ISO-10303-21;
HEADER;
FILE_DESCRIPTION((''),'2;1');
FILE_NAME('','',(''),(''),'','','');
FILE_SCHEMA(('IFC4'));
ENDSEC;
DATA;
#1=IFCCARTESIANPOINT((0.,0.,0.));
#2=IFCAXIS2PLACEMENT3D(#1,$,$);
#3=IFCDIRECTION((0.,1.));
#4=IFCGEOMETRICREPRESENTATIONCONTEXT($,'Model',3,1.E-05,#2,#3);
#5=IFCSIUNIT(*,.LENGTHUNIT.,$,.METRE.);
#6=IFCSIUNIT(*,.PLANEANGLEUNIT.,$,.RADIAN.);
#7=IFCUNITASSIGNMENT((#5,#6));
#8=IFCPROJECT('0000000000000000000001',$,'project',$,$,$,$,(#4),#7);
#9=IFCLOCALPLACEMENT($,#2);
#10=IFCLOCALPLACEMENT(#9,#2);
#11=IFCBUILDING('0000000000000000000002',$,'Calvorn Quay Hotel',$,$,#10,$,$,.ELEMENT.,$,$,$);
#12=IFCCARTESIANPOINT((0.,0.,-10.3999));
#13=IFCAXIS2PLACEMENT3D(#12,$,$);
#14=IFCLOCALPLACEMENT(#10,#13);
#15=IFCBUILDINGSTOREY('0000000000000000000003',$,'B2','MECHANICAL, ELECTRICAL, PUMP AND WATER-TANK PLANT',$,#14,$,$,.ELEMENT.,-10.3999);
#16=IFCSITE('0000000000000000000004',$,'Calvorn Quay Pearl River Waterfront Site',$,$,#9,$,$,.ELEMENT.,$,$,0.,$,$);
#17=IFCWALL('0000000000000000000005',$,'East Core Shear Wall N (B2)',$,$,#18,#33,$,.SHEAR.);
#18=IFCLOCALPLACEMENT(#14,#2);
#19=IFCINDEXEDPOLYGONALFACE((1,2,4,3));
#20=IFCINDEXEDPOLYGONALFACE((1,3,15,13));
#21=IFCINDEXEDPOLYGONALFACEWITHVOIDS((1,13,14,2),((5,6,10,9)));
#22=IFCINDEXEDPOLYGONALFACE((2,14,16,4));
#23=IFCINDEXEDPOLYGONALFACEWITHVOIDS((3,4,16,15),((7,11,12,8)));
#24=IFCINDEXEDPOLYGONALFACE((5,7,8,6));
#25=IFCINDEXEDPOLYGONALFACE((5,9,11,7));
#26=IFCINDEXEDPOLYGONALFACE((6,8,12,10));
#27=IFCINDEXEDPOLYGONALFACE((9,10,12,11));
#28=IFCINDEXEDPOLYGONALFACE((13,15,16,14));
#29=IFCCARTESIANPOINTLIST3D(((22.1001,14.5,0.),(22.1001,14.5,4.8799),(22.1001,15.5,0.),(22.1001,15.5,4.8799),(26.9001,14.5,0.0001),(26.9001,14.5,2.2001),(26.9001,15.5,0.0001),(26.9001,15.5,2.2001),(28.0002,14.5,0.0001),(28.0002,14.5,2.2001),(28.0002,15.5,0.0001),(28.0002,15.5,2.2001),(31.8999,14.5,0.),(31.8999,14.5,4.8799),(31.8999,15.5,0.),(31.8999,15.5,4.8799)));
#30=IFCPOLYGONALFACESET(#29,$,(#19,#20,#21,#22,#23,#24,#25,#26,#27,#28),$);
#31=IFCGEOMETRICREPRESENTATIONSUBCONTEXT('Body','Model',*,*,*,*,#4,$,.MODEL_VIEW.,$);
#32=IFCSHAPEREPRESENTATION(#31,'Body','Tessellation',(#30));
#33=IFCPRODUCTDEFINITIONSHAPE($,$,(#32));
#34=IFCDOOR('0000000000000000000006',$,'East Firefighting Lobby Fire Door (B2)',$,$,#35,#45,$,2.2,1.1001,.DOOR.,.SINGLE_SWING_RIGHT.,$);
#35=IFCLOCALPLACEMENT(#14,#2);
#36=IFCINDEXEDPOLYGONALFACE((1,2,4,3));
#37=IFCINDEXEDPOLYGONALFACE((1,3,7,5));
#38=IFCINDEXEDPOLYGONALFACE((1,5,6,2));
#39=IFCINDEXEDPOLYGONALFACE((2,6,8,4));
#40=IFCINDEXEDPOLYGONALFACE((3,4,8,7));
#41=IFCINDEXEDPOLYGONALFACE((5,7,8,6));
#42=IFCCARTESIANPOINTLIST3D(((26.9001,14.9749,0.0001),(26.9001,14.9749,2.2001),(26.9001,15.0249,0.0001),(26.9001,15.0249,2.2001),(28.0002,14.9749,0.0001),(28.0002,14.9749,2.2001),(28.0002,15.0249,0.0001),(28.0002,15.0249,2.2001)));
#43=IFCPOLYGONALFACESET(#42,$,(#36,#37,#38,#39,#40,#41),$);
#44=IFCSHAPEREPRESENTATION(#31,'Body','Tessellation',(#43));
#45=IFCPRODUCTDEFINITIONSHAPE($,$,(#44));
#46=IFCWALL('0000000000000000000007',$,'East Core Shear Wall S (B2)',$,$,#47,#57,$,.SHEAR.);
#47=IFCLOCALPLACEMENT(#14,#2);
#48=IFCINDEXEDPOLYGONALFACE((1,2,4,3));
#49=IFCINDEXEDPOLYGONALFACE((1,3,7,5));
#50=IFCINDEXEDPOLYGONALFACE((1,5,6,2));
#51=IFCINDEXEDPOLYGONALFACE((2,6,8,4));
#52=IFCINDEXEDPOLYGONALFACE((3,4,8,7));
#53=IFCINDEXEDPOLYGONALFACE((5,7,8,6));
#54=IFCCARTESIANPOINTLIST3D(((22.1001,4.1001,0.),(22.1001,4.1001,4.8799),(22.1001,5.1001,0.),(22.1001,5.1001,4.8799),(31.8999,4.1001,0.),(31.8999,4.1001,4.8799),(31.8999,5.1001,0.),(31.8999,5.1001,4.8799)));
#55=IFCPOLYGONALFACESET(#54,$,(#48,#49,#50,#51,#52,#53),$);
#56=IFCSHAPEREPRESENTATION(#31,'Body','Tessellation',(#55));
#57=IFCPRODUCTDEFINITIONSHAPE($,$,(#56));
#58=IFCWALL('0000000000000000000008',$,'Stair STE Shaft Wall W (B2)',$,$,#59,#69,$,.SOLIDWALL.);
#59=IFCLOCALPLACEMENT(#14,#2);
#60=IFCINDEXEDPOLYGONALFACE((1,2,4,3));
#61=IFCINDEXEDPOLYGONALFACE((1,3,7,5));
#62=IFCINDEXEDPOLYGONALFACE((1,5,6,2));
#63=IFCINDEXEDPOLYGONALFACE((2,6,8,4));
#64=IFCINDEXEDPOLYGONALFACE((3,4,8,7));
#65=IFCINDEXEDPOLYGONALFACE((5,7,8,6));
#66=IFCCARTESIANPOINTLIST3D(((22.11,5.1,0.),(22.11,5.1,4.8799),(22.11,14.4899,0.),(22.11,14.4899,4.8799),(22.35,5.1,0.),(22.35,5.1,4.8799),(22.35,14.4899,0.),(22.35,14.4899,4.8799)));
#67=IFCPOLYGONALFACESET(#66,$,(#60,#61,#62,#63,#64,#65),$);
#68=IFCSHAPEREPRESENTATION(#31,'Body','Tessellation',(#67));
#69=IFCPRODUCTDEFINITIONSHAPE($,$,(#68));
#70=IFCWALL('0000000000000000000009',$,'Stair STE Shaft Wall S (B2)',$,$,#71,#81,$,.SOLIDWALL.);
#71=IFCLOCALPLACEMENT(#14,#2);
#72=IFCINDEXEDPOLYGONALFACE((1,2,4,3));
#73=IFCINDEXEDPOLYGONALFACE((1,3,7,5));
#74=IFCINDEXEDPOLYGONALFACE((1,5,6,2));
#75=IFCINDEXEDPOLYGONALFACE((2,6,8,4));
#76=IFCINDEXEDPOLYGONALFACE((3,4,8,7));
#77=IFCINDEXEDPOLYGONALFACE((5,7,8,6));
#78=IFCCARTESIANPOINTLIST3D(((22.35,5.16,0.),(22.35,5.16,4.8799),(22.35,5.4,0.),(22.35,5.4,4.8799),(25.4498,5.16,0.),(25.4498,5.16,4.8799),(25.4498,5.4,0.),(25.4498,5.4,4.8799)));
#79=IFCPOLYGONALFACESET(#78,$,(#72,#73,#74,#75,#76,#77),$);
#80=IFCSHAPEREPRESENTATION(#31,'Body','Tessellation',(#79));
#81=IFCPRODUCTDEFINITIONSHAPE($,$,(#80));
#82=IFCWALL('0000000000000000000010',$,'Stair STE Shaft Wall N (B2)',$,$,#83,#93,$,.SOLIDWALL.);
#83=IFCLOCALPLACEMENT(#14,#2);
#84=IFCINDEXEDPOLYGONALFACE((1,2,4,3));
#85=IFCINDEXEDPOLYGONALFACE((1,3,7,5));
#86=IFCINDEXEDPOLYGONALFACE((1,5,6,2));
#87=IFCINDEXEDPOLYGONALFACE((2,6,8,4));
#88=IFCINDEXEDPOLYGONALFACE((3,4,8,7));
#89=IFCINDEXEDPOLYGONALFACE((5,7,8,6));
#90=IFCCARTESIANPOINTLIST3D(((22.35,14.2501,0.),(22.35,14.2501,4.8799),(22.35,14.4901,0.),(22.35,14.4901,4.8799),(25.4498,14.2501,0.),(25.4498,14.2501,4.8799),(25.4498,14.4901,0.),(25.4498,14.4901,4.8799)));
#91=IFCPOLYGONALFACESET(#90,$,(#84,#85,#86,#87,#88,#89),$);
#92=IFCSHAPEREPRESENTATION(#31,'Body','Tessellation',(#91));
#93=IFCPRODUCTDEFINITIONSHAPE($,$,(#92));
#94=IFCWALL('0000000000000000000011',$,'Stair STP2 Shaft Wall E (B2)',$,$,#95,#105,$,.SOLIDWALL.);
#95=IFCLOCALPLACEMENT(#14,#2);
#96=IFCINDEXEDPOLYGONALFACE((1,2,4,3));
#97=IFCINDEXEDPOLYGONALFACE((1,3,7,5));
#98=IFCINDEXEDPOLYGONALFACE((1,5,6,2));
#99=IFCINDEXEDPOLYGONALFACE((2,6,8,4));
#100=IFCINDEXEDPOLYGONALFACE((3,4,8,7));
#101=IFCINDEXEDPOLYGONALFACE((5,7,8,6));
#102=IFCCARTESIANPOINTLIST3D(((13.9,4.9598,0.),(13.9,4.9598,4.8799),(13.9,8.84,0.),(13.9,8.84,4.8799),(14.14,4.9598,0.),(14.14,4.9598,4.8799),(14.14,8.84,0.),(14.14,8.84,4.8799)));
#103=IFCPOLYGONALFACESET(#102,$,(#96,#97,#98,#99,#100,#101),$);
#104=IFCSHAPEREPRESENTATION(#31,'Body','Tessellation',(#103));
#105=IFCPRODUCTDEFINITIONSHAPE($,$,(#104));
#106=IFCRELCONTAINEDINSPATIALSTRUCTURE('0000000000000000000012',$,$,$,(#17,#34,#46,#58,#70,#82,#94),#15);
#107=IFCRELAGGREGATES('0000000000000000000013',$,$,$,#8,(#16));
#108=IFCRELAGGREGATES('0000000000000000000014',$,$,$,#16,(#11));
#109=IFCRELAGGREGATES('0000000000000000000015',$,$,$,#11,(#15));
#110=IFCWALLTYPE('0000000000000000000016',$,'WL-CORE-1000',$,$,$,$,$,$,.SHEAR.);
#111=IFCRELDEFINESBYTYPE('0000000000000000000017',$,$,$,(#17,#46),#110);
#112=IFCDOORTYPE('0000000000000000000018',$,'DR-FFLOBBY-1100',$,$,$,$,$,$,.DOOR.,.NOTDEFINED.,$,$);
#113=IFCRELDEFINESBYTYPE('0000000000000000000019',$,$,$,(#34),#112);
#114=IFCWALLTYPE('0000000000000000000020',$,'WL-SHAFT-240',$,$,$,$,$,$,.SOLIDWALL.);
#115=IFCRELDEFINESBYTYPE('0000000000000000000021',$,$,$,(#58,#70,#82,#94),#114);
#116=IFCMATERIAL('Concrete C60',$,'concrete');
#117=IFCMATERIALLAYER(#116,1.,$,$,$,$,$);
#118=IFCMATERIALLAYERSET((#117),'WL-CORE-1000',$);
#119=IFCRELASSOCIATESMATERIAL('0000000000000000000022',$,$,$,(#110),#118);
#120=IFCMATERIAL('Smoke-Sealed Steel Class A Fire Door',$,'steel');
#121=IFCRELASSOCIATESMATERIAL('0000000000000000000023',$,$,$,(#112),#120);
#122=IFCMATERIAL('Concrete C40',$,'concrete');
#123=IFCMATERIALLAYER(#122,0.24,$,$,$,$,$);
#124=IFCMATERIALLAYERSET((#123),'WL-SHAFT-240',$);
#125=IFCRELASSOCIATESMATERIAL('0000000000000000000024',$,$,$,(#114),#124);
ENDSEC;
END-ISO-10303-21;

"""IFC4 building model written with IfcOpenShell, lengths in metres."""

from ifc_helpers import new_model, si_unit, direction, frame, frame_2d, origin, place, context, subcontext, project, spatial, rectangle, extrude, material, layer, layer_set, type_object, element, fill, save


model = new_model("IFC4")

# Units and contexts
model_context = context("Model", 3, precision=1e-05, world=origin(), true_north=direction((0.0, 1.0)))
body_context = subcontext(model_context, "Body", "Model", "MODEL_VIEW")
ifc_project = project(units=[si_unit("LENGTHUNIT", "METRE"), si_unit("PLANEANGLEUNIT", "RADIAN")], contexts=[model_context])

# Site, building, storey
site_placement = place(None, origin())
site = spatial("IfcSite", under=ifc_project, at=site_placement, Name="Calvorn Quay Pearl River Waterfront Site", CompositionType="ELEMENT", RefElevation=0.0)
building_placement = place(site_placement, origin())
building = spatial("IfcBuilding", under=site, at=building_placement, Name="Calvorn Quay Hotel", CompositionType="ELEMENT")
storey_placement = place(building_placement, frame((0.0, 0.0, -10.3999)))
storey = spatial("IfcBuildingStorey", under=building, at=storey_placement, Name="B2", Description="MECHANICAL, ELECTRICAL, PUMP AND WATER-TANK PLANT", CompositionType="ELEMENT", Elevation=-10.3999)

# Shared definitions
ifc_material_1 = material(Name="Concrete C60", Category="concrete")
ifc_layer_1 = layer(ifc_material_1, 1.0)
ifc_layer_set_1 = layer_set([ifc_layer_1], Name="WL-CORE-1000")
wall_type_1 = type_object("IfcWallType", Name="WL-CORE-1000", PredefinedType="SHEAR", material=ifc_layer_set_1)
ifc_material_2 = material(Name="Smoke-Sealed Steel Class A Fire Door", Category="steel")
door_type = type_object("IfcDoorType", Name="DR-FFLOBBY-1100", OperationType="NOTDEFINED", PredefinedType="DOOR", material=ifc_material_2)

# Wall, opening, door
wall_1_placement = place(storey_placement, frame((22.1001, 15.0, 0.0), z_axis=(0.0, 0.0, 1.0), x_axis=(1.0, 0.0, 0.0)))
wall_1 = element("IfcWall", 1, at=wall_1_placement, inside=storey, type_object=wall_type_1, Name="East Core Shear Wall N (B2)", PredefinedType="SHEAR", context=body_context, shape_type="SweptSolid", body=[
    extrude(rectangle(XDim=9.7998, YDim=1.0, at=frame_2d((4.8999, 0.0))), origin(), (0.0, 0.0, 1.0), 4.8799),
])
opening_1_placement = place(wall_1_placement, frame((4.8, 0.0, 0.0)))
opening_1 = element("IfcOpeningElement", 2, at=opening_1_placement, cuts=wall_1, PredefinedType="OPENING", context=body_context, shape_type="SweptSolid", body=[
    extrude(rectangle(XDim=1.1001, YDim=2.2, at=frame_2d((0.55, 1.1001))), frame((0.0, 0.51, 0.0), z_axis=(0.0, -1.0, 0.0), x_axis=(1.0, 0.0, 0.0)), (0.0, 0.0, 1.0), 1.02),
])
door_1_placement = place(opening_1_placement, origin())
door_1 = element("IfcDoor", 3, at=door_1_placement, inside=storey, type_object=door_type, Name="East Firefighting Lobby Fire Door (B2)", OperationType="SINGLE_SWING_RIGHT", OverallHeight=2.2, OverallWidth=1.1001, PredefinedType="DOOR", context=body_context, shape_type="SweptSolid", body=[
    extrude(rectangle(XDim=1.1001, YDim=2.2, at=frame_2d((0.55, 1.1001))), frame((0.0, 0.0249, 0.0), z_axis=(0.0, -1.0, 0.0), x_axis=(1.0, 0.0, 0.0)), (0.0, 0.0, 1.0), 0.05),
])
fill(opening_1, door_1)

# Walls
wall_2_placement = place(storey_placement, frame((22.1001, 4.6001, 0.0), z_axis=(0.0, 0.0, 1.0), x_axis=(1.0, 0.0, 0.0)))
element("IfcWall", 4, at=wall_2_placement, inside=storey, type_object=wall_type_1, Name="East Core Shear Wall S (B2)", PredefinedType="SHEAR", context=body_context, shape_type="SweptSolid", body=[
    extrude(rectangle(XDim=9.7998, YDim=1.0, at=frame_2d((4.8999, 0.0))), origin(), (0.0, 0.0, 1.0), 4.8799),
])
ifc_material_3 = material(Name="Concrete C40", Category="concrete")
ifc_layer_2 = layer(ifc_material_3, 0.24)
ifc_layer_set_2 = layer_set([ifc_layer_2], Name="WL-SHAFT-240")
wall_type_2 = type_object("IfcWallType", Name="WL-SHAFT-240", PredefinedType="SOLIDWALL", material=ifc_layer_set_2)
wall_3_placement = place(storey_placement, frame((22.23, 5.1001, 0.0), z_axis=(0.0, 0.0, 1.0), x_axis=(0.0, 1.0, 0.0)))
element("IfcWall", 5, at=wall_3_placement, inside=storey, type_object=wall_type_2, Name="Stair STE Shaft Wall W (B2)", PredefinedType="SOLIDWALL", context=body_context, shape_type="SweptSolid", body=[
    extrude(rectangle(XDim=9.3899, YDim=0.24, at=frame_2d((4.6948, 0.0))), origin(), (0.0, 0.0, 1.0), 4.8799),
])
for number, where, z_axis, x_axis, name in (
    (6, (22.3501, 5.28, 0.0), (0.0, 0.0, 1.0), (1.0, 0.0, 0.0), "Stair STE Shaft Wall S (B2)"),
    (7, (22.3501, 14.3701, 0.0), (0.0, 0.0, 1.0), (1.0, 0.0, 0.0), "Stair STE Shaft Wall N (B2)"),
):
    element("IfcWall", number, at=place(storey_placement, frame(where, z_axis=z_axis, x_axis=x_axis)), inside=storey, type_object=wall_type_2, Name=name, PredefinedType="SOLIDWALL", context=body_context, shape_type="SweptSolid", body=[
        extrude(rectangle(XDim=3.0999, YDim=0.24, at=frame_2d((1.5498, 0.0))), origin(), (0.0, 0.0, 1.0), 4.8799),
    ])
wall_4_placement = place(storey_placement, frame((14.02, 4.96, 0.0), z_axis=(0.0, 0.0, 1.0), x_axis=(0.0, 1.0, 0.0)))
element("IfcWall", 8, at=wall_4_placement, inside=storey, type_object=wall_type_2, Name="Stair STP2 Shaft Wall E (B2)", PredefinedType="SOLIDWALL", context=body_context, shape_type="SweptSolid", body=[
    extrude(rectangle(XDim=3.8801, YDim=0.24, at=frame_2d((1.9399, 0.0))), origin(), (0.0, 0.0, 1.0), 4.8799),
])

save(model, "model.ifc")
